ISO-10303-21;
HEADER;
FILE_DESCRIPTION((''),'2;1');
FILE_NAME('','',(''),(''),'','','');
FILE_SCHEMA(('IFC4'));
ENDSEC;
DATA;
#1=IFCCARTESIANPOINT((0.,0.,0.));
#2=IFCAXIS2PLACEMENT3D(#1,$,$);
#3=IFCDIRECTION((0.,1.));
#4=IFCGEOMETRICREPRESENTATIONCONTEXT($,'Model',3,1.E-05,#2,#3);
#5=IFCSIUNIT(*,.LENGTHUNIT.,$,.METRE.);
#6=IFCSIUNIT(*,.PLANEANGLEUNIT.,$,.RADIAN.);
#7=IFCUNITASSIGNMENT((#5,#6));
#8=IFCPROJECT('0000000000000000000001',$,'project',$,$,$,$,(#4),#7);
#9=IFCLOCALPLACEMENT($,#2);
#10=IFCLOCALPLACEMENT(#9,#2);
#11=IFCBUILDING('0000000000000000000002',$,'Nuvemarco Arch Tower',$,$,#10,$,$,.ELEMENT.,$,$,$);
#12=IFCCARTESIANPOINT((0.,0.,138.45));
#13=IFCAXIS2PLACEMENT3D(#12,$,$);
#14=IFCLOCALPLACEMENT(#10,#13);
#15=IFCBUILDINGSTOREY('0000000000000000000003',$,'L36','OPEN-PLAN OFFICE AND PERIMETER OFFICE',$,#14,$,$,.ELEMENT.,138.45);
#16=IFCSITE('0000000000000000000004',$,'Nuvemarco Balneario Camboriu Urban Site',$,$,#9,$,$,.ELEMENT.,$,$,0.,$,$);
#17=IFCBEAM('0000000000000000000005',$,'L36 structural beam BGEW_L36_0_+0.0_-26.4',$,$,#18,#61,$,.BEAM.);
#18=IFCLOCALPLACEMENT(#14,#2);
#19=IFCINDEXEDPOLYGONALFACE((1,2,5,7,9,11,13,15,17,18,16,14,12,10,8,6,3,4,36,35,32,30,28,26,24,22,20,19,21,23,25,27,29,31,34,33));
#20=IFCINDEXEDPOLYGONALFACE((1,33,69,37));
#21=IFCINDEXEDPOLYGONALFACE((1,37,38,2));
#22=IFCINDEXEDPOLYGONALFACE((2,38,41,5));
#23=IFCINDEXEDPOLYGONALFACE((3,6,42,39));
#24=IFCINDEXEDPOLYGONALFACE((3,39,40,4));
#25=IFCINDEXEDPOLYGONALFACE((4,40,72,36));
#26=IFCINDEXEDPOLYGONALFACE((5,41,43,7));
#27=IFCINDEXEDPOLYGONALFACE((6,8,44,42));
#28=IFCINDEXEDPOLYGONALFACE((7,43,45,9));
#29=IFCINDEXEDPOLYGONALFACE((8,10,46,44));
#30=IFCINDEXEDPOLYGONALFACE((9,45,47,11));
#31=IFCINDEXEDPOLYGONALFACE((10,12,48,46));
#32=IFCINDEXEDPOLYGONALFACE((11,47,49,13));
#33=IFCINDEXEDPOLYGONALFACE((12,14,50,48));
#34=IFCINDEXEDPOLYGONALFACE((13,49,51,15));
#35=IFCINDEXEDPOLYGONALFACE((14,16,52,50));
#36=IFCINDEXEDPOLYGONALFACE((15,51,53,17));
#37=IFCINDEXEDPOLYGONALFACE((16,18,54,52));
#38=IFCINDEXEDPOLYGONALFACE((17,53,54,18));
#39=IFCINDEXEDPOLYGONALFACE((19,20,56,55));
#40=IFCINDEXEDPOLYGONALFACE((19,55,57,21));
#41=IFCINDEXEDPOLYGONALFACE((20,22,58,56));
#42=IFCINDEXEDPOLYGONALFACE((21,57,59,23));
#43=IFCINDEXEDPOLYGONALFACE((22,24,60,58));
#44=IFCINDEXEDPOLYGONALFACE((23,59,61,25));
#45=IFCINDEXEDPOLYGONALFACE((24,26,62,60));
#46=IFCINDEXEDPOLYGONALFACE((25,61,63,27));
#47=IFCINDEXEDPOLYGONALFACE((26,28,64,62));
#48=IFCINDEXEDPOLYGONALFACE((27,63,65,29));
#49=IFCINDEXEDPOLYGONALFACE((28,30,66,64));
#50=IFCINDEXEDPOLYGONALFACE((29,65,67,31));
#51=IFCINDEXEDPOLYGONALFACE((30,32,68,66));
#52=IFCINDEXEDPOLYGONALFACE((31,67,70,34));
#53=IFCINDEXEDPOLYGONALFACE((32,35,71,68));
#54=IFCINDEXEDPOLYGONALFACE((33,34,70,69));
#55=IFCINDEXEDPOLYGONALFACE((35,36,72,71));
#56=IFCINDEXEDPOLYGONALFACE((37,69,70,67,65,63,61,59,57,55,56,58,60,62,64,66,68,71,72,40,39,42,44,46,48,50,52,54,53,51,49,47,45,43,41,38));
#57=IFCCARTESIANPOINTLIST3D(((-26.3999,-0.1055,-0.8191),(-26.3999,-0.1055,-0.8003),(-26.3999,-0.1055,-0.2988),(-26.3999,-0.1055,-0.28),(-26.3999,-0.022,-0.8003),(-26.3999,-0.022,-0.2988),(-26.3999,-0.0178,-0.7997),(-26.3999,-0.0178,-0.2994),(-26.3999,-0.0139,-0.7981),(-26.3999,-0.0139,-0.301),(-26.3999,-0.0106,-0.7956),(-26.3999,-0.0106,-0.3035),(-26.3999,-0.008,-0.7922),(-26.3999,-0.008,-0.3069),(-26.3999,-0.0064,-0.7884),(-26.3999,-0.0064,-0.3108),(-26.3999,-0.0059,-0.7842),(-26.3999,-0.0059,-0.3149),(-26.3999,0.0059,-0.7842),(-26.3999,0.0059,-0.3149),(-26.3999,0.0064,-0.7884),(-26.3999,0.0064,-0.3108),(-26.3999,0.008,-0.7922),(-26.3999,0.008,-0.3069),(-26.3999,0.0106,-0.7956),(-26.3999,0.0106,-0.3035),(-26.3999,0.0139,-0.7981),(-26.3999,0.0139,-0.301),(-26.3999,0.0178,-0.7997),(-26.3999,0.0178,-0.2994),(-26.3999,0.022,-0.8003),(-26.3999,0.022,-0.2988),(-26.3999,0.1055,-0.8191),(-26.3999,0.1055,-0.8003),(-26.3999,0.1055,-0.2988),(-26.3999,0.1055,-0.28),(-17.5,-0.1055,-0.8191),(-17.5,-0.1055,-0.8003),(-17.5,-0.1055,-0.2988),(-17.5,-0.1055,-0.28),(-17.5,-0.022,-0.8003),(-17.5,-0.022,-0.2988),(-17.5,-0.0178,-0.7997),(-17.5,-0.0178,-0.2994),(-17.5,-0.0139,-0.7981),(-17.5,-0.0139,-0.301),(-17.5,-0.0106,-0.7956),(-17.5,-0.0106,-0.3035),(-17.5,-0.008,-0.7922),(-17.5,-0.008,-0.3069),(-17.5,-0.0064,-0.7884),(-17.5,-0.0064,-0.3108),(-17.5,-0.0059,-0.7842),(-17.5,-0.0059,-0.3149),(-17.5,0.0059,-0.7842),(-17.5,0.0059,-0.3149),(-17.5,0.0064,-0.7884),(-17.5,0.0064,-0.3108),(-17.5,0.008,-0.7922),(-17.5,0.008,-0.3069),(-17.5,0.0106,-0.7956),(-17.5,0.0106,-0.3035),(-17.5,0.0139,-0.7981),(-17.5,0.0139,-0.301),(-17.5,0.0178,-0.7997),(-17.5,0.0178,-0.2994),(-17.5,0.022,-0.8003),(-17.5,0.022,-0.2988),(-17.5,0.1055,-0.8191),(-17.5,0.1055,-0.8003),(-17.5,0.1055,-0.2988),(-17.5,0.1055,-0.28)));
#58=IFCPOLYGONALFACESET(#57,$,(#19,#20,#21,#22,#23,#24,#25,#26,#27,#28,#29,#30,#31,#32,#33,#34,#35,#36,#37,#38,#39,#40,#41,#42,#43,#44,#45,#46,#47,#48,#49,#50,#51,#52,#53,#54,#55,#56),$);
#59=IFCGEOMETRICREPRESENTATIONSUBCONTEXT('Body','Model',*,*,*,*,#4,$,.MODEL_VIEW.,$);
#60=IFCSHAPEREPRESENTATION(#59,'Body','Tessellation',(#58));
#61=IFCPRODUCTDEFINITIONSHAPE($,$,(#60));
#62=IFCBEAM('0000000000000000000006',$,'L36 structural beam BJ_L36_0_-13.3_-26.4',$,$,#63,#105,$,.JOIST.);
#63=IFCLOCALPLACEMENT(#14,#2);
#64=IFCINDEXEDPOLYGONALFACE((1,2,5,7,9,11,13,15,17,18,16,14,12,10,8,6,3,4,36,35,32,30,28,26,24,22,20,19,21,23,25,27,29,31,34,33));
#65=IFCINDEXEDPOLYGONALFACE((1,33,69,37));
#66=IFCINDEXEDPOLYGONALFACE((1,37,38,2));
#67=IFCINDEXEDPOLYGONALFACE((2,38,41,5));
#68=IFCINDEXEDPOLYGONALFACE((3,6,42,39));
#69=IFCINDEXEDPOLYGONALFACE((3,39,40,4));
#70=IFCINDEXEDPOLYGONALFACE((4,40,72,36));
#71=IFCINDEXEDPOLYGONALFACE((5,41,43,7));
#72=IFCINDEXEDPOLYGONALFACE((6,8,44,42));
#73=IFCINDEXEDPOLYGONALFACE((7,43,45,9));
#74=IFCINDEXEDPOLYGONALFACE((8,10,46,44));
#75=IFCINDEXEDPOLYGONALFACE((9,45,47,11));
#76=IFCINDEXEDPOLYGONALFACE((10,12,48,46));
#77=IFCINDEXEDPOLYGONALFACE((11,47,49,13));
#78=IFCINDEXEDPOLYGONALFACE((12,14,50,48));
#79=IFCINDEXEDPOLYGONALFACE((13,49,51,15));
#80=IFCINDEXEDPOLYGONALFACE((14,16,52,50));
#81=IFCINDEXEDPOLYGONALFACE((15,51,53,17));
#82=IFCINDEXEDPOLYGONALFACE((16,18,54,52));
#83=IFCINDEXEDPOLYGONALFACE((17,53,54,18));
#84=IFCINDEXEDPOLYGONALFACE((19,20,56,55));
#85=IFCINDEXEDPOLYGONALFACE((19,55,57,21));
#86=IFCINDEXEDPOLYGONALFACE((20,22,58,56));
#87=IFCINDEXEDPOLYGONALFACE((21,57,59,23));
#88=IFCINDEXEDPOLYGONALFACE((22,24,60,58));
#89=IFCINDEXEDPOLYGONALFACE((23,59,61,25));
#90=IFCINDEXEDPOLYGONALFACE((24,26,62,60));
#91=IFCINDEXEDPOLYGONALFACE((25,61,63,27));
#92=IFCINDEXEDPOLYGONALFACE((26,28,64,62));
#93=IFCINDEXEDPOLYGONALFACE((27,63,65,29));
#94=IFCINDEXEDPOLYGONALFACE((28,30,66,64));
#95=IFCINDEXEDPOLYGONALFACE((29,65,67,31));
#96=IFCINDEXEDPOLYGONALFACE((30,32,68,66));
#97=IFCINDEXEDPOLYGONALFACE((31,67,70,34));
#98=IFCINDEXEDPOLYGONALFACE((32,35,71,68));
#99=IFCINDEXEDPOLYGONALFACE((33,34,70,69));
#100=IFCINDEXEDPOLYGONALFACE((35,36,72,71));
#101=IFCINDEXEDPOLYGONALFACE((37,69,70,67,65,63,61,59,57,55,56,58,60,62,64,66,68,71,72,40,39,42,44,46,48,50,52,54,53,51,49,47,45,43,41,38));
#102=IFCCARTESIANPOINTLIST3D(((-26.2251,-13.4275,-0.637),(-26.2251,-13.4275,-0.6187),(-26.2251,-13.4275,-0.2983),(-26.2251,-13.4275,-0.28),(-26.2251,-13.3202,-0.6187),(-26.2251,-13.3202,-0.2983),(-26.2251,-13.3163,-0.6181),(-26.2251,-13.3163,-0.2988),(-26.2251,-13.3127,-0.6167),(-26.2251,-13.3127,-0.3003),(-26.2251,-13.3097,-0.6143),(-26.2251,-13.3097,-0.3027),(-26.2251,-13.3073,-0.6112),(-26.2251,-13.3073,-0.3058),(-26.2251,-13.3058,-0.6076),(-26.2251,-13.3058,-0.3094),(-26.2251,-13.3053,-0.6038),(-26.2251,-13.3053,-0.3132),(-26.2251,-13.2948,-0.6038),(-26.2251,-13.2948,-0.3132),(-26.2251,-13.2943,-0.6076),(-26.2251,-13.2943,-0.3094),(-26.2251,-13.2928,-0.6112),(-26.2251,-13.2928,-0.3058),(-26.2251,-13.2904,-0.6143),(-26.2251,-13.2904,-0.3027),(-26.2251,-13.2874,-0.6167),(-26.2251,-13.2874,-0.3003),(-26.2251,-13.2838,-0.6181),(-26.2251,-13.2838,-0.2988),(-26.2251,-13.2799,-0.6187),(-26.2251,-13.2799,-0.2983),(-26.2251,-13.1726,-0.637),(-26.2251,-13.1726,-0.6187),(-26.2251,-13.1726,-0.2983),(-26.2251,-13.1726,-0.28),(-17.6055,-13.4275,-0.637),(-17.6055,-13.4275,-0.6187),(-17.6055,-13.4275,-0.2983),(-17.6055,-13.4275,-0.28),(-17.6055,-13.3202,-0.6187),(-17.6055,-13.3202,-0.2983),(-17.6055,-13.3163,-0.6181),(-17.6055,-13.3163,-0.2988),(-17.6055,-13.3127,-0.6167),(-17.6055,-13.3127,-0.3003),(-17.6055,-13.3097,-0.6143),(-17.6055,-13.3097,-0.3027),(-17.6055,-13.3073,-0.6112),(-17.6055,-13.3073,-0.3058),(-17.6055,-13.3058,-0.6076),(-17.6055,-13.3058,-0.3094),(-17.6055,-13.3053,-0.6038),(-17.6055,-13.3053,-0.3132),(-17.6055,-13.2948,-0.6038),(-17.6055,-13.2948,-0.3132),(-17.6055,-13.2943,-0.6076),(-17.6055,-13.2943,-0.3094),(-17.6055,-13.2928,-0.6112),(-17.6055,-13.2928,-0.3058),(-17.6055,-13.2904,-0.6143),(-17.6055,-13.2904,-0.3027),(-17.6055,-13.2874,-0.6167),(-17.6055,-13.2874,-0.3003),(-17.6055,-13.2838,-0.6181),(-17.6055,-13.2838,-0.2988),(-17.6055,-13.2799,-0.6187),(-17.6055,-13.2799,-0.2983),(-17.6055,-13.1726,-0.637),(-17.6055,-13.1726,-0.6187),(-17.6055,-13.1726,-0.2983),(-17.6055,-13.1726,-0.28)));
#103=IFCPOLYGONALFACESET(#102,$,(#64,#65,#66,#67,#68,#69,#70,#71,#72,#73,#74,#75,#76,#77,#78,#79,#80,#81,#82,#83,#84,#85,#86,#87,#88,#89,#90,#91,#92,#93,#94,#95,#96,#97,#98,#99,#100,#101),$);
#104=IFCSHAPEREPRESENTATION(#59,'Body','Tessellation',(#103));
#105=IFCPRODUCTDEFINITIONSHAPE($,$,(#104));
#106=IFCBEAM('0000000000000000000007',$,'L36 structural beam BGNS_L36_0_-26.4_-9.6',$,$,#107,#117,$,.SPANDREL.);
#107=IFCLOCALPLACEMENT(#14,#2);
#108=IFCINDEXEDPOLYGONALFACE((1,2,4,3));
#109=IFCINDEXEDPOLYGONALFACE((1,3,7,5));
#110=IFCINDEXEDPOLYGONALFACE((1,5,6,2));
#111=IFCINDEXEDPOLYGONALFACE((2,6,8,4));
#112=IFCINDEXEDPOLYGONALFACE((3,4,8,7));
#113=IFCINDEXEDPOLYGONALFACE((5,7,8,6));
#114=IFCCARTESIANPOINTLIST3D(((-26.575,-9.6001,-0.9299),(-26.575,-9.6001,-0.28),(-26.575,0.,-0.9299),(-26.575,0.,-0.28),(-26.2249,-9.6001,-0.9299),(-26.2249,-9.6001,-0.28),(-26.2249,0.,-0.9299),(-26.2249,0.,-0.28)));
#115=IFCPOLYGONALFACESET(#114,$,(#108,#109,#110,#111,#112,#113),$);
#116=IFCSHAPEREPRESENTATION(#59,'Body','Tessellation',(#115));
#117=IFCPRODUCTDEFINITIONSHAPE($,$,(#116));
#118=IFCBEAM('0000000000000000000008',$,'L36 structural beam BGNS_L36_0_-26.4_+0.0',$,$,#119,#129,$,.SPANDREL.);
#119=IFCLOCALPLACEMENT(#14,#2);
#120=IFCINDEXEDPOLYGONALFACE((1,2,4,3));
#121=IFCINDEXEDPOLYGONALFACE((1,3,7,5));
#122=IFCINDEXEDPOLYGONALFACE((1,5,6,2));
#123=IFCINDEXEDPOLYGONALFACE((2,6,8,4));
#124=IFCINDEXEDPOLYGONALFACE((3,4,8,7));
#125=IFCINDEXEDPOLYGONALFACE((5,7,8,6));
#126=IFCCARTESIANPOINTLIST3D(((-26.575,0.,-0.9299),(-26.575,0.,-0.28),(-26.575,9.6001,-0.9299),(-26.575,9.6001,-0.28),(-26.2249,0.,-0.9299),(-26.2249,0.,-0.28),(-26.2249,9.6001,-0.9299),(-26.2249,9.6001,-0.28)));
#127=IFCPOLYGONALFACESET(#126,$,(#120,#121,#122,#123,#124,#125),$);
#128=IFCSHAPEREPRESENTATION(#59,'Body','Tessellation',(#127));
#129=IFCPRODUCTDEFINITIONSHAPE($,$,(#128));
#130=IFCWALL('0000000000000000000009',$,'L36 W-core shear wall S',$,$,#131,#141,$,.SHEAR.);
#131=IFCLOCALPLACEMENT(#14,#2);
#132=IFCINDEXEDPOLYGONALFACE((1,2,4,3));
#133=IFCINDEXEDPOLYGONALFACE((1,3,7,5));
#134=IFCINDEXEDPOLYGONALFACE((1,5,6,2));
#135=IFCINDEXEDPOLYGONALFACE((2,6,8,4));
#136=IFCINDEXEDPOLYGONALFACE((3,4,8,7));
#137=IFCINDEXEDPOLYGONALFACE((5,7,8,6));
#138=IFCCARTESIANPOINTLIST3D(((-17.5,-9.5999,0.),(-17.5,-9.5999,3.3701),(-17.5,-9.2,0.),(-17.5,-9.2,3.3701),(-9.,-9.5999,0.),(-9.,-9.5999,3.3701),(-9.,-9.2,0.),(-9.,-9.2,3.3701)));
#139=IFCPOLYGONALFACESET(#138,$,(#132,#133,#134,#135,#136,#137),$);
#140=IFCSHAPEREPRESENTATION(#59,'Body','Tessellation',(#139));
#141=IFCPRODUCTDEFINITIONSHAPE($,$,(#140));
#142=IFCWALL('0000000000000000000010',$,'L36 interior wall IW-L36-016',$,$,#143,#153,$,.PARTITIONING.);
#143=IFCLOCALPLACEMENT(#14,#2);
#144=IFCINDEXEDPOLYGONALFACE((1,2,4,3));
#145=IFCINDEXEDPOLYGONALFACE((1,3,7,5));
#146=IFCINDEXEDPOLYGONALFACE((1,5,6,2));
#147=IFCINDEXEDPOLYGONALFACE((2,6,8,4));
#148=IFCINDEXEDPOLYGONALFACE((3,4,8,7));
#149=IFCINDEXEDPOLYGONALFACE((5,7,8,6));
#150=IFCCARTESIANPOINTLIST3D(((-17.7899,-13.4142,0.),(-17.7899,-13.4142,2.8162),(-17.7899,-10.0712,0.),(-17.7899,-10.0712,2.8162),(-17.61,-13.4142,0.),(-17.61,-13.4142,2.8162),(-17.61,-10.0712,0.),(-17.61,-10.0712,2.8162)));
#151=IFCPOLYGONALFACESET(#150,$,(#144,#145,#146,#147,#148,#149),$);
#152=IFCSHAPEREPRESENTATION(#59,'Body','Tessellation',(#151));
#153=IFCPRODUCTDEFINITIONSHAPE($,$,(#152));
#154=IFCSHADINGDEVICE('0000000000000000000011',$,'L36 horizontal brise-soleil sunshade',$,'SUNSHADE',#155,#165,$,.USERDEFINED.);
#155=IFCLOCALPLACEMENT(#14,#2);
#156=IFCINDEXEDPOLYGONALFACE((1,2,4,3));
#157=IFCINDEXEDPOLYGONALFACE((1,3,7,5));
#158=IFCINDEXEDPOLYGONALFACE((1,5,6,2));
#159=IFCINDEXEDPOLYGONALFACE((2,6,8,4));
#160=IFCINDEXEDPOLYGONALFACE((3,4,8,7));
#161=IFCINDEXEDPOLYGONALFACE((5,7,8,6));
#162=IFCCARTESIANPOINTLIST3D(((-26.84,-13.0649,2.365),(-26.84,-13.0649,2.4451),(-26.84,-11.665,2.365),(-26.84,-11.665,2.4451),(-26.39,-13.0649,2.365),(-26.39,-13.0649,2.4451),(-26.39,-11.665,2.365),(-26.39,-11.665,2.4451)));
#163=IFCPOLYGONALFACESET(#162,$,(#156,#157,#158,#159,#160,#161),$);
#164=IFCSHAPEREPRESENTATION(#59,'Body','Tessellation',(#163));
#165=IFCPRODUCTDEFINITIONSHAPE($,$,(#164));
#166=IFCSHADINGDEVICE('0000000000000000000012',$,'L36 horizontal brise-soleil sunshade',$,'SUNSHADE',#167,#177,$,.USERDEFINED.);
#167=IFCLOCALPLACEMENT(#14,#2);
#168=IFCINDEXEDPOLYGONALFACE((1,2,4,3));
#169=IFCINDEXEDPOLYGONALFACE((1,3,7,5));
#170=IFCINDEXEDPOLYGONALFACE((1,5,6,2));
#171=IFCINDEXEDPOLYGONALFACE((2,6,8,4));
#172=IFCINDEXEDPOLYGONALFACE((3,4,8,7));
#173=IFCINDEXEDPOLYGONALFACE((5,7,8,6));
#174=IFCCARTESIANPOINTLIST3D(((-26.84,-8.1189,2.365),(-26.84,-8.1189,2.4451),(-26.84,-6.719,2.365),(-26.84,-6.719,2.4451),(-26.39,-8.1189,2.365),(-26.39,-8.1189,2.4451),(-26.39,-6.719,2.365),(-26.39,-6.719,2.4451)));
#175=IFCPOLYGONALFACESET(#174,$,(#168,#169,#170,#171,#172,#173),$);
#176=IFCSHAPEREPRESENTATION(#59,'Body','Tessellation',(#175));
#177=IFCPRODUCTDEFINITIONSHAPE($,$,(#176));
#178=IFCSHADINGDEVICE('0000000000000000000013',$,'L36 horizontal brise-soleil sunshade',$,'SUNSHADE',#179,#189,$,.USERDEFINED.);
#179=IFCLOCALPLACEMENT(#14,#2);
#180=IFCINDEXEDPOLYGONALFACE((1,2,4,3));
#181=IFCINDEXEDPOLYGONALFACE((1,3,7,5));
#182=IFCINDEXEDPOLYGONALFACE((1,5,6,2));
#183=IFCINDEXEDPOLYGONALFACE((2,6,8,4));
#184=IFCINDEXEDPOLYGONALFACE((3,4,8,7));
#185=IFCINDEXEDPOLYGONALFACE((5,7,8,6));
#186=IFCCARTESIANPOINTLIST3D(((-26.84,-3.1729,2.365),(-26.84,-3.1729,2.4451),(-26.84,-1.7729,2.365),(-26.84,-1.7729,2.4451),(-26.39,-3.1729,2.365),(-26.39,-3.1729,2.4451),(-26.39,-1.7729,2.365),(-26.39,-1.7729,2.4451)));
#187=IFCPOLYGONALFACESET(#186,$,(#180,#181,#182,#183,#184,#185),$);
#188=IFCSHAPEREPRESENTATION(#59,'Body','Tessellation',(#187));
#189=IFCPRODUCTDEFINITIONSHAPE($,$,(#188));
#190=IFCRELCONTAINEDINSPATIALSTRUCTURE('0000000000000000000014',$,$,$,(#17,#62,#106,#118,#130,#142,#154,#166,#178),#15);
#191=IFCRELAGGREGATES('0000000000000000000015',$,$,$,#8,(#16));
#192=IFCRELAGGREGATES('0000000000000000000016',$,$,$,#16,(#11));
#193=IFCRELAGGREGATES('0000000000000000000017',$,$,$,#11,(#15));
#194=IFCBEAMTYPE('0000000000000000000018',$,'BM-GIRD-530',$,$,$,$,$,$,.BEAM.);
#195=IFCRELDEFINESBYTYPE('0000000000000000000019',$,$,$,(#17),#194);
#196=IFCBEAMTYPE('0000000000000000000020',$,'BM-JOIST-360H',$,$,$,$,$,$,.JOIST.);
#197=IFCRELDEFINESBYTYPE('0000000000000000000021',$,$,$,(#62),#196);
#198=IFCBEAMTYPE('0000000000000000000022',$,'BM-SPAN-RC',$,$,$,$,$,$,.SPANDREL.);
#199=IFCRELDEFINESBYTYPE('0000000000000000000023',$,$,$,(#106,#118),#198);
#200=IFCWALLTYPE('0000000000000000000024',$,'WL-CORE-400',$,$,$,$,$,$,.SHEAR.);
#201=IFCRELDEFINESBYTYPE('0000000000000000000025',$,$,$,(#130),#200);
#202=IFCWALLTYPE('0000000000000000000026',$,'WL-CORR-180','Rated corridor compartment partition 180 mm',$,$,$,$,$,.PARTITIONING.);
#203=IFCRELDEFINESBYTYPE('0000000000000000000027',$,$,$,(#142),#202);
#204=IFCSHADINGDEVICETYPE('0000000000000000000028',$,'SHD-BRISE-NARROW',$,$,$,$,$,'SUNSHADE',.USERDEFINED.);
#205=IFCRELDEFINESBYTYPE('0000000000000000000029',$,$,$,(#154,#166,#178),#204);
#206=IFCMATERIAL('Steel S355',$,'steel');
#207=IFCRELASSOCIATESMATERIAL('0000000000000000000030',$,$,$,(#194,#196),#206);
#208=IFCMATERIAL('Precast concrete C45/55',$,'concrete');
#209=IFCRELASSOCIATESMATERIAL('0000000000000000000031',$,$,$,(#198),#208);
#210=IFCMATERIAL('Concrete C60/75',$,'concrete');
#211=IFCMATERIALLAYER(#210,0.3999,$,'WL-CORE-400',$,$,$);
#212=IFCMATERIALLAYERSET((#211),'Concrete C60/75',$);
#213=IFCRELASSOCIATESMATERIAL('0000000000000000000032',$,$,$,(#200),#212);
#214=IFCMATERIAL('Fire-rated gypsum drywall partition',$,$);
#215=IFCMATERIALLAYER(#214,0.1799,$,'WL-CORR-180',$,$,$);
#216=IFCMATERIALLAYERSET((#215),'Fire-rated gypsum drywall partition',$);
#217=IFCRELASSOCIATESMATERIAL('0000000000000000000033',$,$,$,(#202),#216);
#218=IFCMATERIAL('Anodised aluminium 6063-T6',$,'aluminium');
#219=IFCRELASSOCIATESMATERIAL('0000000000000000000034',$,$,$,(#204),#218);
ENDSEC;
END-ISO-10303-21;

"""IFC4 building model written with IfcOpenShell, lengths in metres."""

from ifc_helpers import new_model, si_unit, direction, frame, frame_2d, origin, origin_2d, place, context, subcontext, project, spatial, rectangle, i_section, extrude, source, transform, mapped, material, layer, layer_set, material_profile, profile_set, type_object, type_shapes, element, save


model = new_model("IFC4")

# Units and contexts
model_context = context("Model", 3, precision=1e-05, world=origin(), true_north=direction((0.0, 1.0)))
body_context = subcontext(model_context, "Body", "Model", "MODEL_VIEW")
ifc_project = project(units=[si_unit("LENGTHUNIT", "METRE"), si_unit("PLANEANGLEUNIT", "RADIAN")], contexts=[model_context])

# Site, building, storey
site_placement = place(None, origin())
site = spatial("IfcSite", under=ifc_project, at=site_placement, Name="Nuvemarco Balneario Camboriu Urban Site", CompositionType="ELEMENT", RefElevation=0.0)
building_placement = place(site_placement, origin())
building = spatial("IfcBuilding", under=site, at=building_placement, Name="Nuvemarco Arch Tower", CompositionType="ELEMENT")
storey_placement = place(building_placement, frame((0.0, 0.0, 138.45)))
storey = spatial("IfcBuildingStorey", under=building, at=storey_placement, Name="L36", Description="OPEN-PLAN OFFICE AND PERIMETER OFFICE", CompositionType="ELEMENT", Elevation=138.45)

# Shared definitions
ifc_material_1 = material(Name="Steel S355", Category="steel")

# Beams
ifc_material_profile_1 = material_profile(ifc_material_1, i_section(OverallWidth=0.2109, OverallDepth=0.5391, WebThickness=0.0117, FlangeThickness=0.0188, FilletRadius=0.0161, at=origin_2d()), Name="W530x109")
ifc_profile_set_1 = profile_set([ifc_material_profile_1], Name="Steel S355")
beam_type_1 = type_object("IfcBeamType", Name="BM-GIRD-530", PredefinedType="BEAM", material=ifc_profile_set_1)
beam_1_placement = place(storey_placement, frame((-26.3999, 0.0, -0.5496), z_axis=(1.0, 0.0, 0.0), x_axis=(0.0, 1.0, 0.0)))
element("IfcBeam", 1, at=beam_1_placement, inside=storey, type_object=beam_type_1, Name="L36 structural beam BGEW_L36_0_+0.0_-26.4", PredefinedType="BEAM", context=body_context, shape_type="SweptSolid", body=[
    extrude(i_section(OverallWidth=0.2109, OverallDepth=0.5391, WebThickness=0.0117, FlangeThickness=0.0188, FilletRadius=0.0161, at=origin_2d()), origin(), (0.0, 0.0, 1.0), 8.8999),
])
ifc_material_profile_2 = material_profile(ifc_material_1, i_section(OverallWidth=0.2549, OverallDepth=0.3569, WebThickness=0.0105, FlangeThickness=0.0183, FilletRadius=0.0149, at=origin_2d()), Name="W360x101")
ifc_profile_set_2 = profile_set([ifc_material_profile_2], Name="Steel S355")
beam_type_2 = type_object("IfcBeamType", Name="BM-JOIST-360H", PredefinedType="JOIST", material=ifc_profile_set_2)
beam_2_placement = place(storey_placement, frame((-26.2251, -13.3, -0.4585), z_axis=(1.0, 0.0, 0.0), x_axis=(0.0, 1.0, 0.0)))
element("IfcBeam", 2, at=beam_2_placement, inside=storey, type_object=beam_type_2, Name="L36 structural beam BJ_L36_0_-13.3_-26.4", PredefinedType="JOIST", context=body_context, shape_type="SweptSolid", body=[
    extrude(i_section(OverallWidth=0.2549, OverallDepth=0.3569, WebThickness=0.0105, FlangeThickness=0.0183, FilletRadius=0.0149, at=origin_2d()), origin(), (0.0, 0.0, 1.0), 8.6196),
])
ifc_material_2 = material(Name="Precast concrete C45/55", Category="concrete")
ifc_material_profile_3 = material_profile(ifc_material_2, rectangle(XDim=0.3501, YDim=0.6499, at=origin_2d()), Name="PC-SP-350x650")
ifc_profile_set_3 = profile_set([ifc_material_profile_3], Name="Precast concrete C45/55")
beam_type_3 = type_object("IfcBeamType", Name="BM-SPAN-RC", PredefinedType="SPANDREL", material=ifc_profile_set_3)
for number, where, z_axis, x_axis, name in (
    (3, (-26.3999, -9.6001, -0.605), (0.0, 1.0, 0.0), (-1.0, 0.0, 0.0), "L36 structural beam BGNS_L36_0_-26.4_-9.6"),
    (4, (-26.3999, 0.0, -0.605), (0.0, 1.0, 0.0), (-1.0, 0.0, 0.0), "L36 structural beam BGNS_L36_0_-26.4_+0.0"),
):
    element("IfcBeam", number, at=place(storey_placement, frame(where, z_axis=z_axis, x_axis=x_axis)), inside=storey, type_object=beam_type_3, Name=name, PredefinedType="SPANDREL", context=body_context, shape_type="SweptSolid", body=[
        extrude(rectangle(XDim=0.3501, YDim=0.6499, at=origin_2d()), origin(), (0.0, 0.0, 1.0), 9.6001),
    ])

# Walls
ifc_material_3 = material(Name="Concrete C60/75", Category="concrete")
ifc_layer_1 = layer(ifc_material_3, 0.3999, Name="WL-CORE-400")
ifc_layer_set_1 = layer_set([ifc_layer_1], Name="Concrete C60/75")
wall_type_1 = type_object("IfcWallType", Name="WL-CORE-400", PredefinedType="SHEAR", material=ifc_layer_set_1)
wall_1_placement = place(storey_placement, frame((-17.5, -9.3999, 0.0), z_axis=(0.0, 0.0, 1.0), x_axis=(1.0, 0.0, 0.0)))
element("IfcWall", 5, at=wall_1_placement, inside=storey, type_object=wall_type_1, Name="L36 W-core shear wall S", PredefinedType="SHEAR", context=body_context, shape_type="SweptSolid", body=[
    extrude(rectangle(XDim=8.5, YDim=0.3999, at=frame_2d((4.25, 0.0))), origin(), (0.0, 0.0, 1.0), 3.3701),
])
ifc_material_4 = material(Name="Fire-rated gypsum drywall partition")
ifc_layer_2 = layer(ifc_material_4, 0.1799, Name="WL-CORR-180")
ifc_layer_set_2 = layer_set([ifc_layer_2], Name="Fire-rated gypsum drywall partition")
wall_type_2 = type_object("IfcWallType", Name="WL-CORR-180", Description="Rated corridor compartment partition 180 mm", PredefinedType="PARTITIONING", material=ifc_layer_set_2)
wall_2_placement = place(storey_placement, frame((-17.7, -13.4141, 0.0), z_axis=(0.0, 0.0, 1.0), x_axis=(0.0, 1.0, 0.0)))
element("IfcWall", 6, at=wall_2_placement, inside=storey, type_object=wall_type_2, Name="L36 interior wall IW-L36-016", PredefinedType="PARTITIONING", context=body_context, shape_type="SweptSolid", body=[
    extrude(rectangle(XDim=3.343, YDim=0.1799, at=frame_2d((1.6714, 0.0))), origin(), (0.0, 0.0, 1.0), 2.8162),
])

# Shading devices
ifc_material_5 = material(Name="Anodised aluminium 6063-T6", Category="aluminium")
shading_device_type = type_object("IfcShadingDeviceType", Name="SHD-BRISE-NARROW", ElementType="SUNSHADE", PredefinedType="USERDEFINED", material=ifc_material_5)
shared_shape = source(origin(), body_context, "Body", "SweptSolid", [
    extrude(rectangle(XDim=1.3999, YDim=0.45, at=origin_2d()), origin(), (0.0, 0.0, 1.0), 0.0801),
])
type_shapes(shading_device_type, [shared_shape])
for number, where, z_axis, x_axis, name in (
    (7, (-26.615, -12.365, 2.365), (0.0, 0.0, 1.0), (0.0, 1.0, 0.0), "L36 horizontal brise-soleil sunshade"),
    (8, (-26.615, -7.4189, 2.365), (0.0, 0.0, 1.0), (0.0, 1.0, 0.0), "L36 horizontal brise-soleil sunshade"),
    (9, (-26.615, -2.4729, 2.365), (0.0, 0.0, 1.0), (0.0, 1.0, 0.0), "L36 horizontal brise-soleil sunshade"),
):
    element("IfcShadingDevice", number, at=place(storey_placement, frame(where, z_axis=z_axis, x_axis=x_axis)), inside=storey, type_object=shading_device_type, Name=name, ObjectType="SUNSHADE", PredefinedType="USERDEFINED", context=body_context, shape_type="MappedRepresentation", body=[
        mapped(shared_shape, transform((0.0, 0.0, 0.0), scale=1.0)),
    ])

save(model, "model.ifc")
